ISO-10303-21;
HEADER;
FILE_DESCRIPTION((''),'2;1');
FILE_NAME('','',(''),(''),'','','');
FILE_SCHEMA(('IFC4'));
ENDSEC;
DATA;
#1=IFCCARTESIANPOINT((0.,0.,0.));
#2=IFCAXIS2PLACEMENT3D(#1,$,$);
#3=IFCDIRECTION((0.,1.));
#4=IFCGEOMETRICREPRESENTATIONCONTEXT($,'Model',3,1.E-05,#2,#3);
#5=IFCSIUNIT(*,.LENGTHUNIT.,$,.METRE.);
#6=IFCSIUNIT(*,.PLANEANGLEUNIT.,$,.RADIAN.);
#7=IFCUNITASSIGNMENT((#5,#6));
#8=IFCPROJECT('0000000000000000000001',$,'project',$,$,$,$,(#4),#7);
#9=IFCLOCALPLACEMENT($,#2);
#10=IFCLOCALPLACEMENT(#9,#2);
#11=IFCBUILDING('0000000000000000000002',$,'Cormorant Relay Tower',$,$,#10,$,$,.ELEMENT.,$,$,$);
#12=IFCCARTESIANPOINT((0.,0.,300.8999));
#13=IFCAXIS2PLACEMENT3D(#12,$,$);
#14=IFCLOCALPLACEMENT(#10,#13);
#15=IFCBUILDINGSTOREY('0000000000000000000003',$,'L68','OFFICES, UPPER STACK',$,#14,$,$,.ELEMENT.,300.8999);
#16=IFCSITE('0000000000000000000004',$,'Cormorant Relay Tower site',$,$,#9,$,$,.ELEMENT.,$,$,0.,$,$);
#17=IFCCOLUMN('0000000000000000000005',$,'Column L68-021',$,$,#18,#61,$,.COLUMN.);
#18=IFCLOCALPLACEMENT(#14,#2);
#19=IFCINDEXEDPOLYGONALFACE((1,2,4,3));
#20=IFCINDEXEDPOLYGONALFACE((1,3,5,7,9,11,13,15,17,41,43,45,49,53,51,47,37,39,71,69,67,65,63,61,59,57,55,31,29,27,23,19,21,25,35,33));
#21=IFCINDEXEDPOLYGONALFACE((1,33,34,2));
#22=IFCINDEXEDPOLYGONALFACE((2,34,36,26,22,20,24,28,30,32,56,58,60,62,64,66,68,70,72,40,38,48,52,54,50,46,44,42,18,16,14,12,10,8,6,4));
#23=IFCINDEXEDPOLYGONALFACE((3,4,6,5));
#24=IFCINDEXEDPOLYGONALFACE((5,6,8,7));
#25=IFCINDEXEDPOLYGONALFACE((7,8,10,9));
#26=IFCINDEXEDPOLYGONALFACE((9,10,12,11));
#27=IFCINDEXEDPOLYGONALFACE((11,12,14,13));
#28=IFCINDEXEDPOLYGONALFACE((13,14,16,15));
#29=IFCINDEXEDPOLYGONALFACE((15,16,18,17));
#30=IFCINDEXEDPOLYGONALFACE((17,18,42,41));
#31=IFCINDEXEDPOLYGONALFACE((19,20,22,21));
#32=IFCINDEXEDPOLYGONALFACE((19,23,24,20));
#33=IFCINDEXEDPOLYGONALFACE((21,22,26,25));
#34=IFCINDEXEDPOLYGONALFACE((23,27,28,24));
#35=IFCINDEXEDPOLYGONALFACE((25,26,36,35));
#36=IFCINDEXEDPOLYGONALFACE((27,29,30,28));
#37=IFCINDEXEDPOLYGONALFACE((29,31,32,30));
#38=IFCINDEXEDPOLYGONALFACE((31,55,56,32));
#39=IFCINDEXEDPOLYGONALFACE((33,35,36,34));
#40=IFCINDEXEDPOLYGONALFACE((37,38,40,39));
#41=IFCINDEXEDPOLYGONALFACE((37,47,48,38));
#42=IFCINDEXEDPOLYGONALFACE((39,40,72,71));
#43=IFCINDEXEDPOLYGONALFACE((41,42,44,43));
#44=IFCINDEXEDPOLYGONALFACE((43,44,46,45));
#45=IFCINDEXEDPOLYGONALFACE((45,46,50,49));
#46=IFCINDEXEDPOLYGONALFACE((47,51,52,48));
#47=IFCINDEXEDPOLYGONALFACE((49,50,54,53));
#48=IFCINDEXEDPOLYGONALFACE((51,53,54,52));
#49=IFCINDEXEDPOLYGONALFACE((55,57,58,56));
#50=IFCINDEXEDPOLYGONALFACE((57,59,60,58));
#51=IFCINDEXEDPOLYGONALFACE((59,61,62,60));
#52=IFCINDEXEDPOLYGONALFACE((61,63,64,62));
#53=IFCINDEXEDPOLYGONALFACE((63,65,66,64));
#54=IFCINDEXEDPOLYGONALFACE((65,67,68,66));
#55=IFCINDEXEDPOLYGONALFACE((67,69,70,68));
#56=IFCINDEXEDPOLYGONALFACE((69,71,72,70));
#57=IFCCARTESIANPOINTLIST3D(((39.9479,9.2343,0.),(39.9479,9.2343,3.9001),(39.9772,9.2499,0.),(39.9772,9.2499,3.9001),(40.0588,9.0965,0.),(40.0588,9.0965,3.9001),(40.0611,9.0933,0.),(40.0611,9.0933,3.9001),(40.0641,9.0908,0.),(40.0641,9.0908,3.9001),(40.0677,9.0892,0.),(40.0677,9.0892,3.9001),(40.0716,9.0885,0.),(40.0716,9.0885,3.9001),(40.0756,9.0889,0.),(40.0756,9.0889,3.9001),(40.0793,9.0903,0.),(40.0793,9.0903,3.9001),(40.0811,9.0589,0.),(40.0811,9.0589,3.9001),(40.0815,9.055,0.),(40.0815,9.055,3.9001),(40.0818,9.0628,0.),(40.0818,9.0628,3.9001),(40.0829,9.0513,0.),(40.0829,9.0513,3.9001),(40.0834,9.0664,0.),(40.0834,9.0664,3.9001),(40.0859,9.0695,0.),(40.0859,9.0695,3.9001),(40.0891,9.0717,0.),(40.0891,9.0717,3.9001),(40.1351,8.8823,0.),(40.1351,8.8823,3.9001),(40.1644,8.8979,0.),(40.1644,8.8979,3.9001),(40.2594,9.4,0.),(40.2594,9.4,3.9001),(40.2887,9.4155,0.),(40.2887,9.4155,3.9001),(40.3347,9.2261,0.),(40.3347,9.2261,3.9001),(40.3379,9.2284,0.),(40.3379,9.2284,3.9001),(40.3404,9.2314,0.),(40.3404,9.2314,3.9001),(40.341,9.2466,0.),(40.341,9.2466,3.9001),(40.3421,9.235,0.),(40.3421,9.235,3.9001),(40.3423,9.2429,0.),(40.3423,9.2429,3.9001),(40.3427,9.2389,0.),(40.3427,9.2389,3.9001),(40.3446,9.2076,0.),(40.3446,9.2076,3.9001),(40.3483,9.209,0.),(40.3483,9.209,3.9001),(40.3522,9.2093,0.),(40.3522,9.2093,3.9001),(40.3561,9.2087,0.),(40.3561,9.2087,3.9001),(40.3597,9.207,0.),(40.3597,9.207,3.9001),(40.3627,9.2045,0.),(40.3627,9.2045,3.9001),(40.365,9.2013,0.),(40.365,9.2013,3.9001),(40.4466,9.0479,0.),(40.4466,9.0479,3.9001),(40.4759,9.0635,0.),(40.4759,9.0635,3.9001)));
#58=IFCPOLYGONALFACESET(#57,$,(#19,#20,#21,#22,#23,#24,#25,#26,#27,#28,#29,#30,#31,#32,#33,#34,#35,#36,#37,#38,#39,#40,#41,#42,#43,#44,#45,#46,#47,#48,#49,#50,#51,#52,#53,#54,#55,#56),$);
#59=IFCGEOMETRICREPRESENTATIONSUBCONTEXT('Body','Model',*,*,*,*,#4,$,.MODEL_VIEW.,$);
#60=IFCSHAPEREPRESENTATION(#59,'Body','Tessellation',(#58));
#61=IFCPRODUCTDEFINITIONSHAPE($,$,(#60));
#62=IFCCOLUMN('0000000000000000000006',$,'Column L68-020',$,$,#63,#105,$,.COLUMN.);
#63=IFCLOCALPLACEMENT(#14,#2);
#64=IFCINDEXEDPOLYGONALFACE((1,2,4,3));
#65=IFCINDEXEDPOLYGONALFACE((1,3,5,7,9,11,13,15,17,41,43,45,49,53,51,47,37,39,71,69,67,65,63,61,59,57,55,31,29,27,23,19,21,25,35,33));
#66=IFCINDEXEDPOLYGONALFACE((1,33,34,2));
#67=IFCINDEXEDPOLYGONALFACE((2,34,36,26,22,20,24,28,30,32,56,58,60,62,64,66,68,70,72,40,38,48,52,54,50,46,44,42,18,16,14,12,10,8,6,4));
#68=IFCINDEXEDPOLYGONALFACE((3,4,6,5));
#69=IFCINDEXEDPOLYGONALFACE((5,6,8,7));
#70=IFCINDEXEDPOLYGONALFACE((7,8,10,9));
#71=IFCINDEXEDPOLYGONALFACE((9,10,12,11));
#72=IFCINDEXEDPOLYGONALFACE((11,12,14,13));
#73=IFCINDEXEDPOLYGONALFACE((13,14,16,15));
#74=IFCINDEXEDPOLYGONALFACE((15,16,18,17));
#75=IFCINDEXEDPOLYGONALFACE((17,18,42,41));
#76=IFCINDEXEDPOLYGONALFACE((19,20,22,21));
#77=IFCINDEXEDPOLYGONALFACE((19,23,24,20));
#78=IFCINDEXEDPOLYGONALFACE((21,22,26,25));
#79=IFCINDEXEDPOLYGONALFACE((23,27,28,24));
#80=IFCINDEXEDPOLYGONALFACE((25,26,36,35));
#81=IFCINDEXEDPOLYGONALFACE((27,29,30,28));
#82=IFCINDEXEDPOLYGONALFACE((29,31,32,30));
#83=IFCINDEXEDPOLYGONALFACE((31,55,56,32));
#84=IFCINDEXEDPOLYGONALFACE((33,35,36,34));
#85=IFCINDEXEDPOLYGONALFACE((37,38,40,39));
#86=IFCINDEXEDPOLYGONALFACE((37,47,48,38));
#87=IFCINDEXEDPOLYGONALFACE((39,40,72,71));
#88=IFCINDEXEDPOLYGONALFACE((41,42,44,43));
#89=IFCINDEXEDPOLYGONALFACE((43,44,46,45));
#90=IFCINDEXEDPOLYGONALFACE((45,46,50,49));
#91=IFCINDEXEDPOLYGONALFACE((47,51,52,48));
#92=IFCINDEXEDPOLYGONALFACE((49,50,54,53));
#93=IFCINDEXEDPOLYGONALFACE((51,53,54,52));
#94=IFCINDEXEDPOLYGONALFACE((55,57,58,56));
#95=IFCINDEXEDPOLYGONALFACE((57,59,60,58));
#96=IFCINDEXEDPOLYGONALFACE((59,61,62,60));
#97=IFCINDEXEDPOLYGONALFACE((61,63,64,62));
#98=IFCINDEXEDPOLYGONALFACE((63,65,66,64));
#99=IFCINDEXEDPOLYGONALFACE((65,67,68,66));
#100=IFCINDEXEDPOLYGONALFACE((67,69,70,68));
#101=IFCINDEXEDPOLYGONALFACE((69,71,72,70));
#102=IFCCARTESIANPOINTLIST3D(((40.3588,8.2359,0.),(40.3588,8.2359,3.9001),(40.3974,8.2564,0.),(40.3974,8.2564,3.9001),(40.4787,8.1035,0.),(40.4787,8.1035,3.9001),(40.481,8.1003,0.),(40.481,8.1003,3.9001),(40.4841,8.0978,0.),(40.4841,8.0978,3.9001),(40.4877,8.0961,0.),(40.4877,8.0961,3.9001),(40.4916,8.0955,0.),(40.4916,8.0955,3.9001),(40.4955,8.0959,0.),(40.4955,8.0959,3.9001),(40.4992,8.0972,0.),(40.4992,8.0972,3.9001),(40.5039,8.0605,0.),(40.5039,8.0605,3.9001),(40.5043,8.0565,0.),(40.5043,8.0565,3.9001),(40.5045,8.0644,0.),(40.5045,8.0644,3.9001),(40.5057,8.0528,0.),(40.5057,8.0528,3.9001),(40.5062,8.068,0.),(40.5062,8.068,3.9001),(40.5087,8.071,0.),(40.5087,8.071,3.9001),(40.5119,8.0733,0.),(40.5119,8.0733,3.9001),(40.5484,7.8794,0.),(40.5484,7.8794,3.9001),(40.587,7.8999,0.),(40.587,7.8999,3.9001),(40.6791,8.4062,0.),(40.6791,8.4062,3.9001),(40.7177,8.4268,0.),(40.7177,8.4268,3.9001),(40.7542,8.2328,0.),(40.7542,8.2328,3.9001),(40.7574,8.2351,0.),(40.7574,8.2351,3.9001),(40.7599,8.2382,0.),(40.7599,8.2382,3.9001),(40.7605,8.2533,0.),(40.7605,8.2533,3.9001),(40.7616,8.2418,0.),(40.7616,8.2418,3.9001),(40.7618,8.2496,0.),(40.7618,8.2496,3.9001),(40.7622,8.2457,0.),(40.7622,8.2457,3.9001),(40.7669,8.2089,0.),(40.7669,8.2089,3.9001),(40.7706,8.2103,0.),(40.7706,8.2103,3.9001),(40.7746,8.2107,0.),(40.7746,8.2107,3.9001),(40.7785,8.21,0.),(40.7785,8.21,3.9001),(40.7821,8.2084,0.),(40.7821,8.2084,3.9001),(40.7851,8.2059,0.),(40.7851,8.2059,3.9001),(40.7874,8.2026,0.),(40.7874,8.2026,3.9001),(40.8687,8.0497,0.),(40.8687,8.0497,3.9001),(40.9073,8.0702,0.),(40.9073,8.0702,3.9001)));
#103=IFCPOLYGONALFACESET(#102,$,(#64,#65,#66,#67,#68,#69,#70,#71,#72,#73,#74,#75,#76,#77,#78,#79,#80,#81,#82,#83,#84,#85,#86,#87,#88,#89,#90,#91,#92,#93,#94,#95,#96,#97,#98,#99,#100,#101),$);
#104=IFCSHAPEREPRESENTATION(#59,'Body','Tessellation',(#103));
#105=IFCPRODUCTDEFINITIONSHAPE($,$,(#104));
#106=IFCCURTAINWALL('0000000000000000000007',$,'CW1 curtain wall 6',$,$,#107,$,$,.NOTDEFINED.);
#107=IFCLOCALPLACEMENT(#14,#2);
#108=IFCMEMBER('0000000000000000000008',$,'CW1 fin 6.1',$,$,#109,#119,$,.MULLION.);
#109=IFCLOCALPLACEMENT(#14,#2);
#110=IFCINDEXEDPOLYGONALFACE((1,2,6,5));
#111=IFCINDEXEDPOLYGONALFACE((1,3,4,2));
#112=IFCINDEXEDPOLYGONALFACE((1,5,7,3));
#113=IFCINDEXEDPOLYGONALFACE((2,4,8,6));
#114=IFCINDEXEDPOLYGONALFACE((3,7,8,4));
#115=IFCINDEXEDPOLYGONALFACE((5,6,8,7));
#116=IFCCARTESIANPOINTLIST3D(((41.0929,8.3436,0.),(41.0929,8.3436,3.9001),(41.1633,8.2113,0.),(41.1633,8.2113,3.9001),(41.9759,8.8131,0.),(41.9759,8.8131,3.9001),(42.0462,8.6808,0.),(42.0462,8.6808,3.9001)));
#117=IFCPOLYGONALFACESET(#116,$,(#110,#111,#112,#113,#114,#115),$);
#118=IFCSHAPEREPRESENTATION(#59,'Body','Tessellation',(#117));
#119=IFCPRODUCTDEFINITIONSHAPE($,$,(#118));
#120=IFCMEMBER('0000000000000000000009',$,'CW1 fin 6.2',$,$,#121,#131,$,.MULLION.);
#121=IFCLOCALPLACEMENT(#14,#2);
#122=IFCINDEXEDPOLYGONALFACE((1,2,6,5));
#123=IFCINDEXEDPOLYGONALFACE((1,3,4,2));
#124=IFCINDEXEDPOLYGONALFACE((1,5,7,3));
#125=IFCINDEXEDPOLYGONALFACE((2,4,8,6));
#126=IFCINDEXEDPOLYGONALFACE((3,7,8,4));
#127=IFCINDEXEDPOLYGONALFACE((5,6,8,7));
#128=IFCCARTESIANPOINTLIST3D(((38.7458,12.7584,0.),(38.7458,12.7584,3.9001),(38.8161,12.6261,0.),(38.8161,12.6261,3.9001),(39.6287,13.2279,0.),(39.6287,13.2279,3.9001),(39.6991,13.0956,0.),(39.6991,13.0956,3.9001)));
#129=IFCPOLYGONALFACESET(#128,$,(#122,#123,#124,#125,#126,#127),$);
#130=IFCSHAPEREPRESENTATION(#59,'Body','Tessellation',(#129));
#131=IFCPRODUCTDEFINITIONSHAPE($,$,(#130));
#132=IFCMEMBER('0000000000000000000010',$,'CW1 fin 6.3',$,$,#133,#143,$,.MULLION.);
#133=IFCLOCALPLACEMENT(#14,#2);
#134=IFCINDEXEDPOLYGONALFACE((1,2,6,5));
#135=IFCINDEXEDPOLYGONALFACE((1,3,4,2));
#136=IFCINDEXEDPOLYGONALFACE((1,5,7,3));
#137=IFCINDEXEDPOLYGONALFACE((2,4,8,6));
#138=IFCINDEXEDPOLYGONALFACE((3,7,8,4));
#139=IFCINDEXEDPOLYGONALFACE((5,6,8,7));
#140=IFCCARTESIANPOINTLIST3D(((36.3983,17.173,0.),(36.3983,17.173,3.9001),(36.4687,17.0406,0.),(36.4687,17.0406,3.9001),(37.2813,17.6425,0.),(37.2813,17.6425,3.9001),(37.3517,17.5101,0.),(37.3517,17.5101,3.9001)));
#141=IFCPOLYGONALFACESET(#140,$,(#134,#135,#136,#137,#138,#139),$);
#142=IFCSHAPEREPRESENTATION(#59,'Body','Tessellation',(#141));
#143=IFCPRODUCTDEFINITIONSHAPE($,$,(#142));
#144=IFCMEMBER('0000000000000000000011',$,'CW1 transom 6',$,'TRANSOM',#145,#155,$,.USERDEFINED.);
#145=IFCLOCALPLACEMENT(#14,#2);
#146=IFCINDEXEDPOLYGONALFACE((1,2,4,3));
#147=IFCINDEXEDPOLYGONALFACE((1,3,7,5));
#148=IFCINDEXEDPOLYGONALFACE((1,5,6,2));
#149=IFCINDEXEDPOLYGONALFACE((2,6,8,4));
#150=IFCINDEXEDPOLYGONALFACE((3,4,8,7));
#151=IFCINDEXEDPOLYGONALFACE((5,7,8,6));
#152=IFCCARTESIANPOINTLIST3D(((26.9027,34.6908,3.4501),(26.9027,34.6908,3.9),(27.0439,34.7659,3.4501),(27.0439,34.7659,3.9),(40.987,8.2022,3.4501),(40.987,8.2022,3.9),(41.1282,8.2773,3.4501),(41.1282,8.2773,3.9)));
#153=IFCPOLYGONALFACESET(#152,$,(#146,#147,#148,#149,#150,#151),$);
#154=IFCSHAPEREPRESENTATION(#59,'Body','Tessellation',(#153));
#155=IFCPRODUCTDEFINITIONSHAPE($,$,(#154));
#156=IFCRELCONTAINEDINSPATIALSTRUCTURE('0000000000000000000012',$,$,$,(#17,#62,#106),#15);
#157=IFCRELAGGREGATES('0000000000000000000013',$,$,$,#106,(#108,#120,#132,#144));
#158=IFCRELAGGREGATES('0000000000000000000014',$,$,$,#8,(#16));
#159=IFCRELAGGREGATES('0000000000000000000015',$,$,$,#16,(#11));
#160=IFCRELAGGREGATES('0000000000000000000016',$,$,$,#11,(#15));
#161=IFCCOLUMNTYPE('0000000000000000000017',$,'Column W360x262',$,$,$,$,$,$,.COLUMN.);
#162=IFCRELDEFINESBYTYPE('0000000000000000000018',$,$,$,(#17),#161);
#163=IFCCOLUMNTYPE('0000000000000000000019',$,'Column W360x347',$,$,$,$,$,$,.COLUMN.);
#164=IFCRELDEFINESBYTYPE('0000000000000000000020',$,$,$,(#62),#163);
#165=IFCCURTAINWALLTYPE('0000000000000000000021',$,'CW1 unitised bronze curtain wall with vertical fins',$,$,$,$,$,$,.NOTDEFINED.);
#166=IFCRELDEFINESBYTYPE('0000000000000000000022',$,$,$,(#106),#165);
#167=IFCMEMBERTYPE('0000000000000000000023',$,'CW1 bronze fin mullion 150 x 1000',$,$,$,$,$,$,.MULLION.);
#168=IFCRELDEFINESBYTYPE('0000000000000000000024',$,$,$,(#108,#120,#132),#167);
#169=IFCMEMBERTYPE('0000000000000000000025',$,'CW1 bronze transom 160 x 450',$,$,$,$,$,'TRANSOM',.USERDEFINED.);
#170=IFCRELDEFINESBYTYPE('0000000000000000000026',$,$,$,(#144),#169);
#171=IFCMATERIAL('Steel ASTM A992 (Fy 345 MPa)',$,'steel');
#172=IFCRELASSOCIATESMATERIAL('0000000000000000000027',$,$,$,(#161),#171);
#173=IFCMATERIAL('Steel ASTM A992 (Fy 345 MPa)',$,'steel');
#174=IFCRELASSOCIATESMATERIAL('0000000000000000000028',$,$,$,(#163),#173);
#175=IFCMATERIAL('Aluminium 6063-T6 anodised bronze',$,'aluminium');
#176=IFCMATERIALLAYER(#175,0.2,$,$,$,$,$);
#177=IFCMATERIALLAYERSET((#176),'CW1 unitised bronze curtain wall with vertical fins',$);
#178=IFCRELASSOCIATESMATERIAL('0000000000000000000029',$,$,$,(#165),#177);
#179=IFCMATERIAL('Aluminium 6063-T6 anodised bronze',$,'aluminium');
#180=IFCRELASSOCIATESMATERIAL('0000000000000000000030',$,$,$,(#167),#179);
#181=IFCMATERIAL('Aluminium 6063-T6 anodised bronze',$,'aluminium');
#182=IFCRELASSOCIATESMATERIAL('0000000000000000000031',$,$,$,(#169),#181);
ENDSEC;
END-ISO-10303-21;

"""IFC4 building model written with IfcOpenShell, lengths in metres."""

from ifc_helpers import new_model, si_unit, direction, frame, origin, origin_2d, place, context, subcontext, project, spatial, rectangle, i_section, extrude, material, layer, layer_set, material_profile, profile_set, type_object, element, aggregate, save


model = new_model("IFC4")

# Units and contexts
model_context = context("Model", 3, precision=1e-05, world=origin(), true_north=direction((0.0, 1.0)))
body_context = subcontext(model_context, "Body", "Model", "MODEL_VIEW")
ifc_project = project(units=[si_unit("LENGTHUNIT", "METRE"), si_unit("PLANEANGLEUNIT", "RADIAN")], contexts=[model_context])

# Site, building, storey
site_placement = place(None, origin())
site = spatial("IfcSite", under=ifc_project, at=site_placement, Name="Cormorant Relay Tower site", CompositionType="ELEMENT", RefElevation=0.0)
building_placement = place(site_placement, origin())
building = spatial("IfcBuilding", under=site, at=building_placement, Name="Cormorant Relay Tower", CompositionType="ELEMENT")
storey_placement = place(building_placement, frame((0.0, 0.0, 300.8999)))
storey = spatial("IfcBuildingStorey", under=building, at=storey_placement, Name="L68", Description="OFFICES, UPPER STACK", CompositionType="ELEMENT", Elevation=300.8999)

# Columns
ifc_material_1 = material(Name="Steel ASTM A992 (Fy 345 MPa)", Category="steel")
ifc_material_profile_1 = material_profile(ifc_material_1, i_section(OverallWidth=0.3987, OverallDepth=0.386, WebThickness=0.021, FlangeThickness=0.0332, FilletRadius=0.0151, at=origin_2d()), Name="W360x262")
ifc_profile_set_1 = profile_set([ifc_material_profile_1], Name="Steel ASTM A992 (Fy 345 MPa)")
column_type_1 = type_object("IfcColumnType", Name="Column W360x262", PredefinedType="COLUMN", material=ifc_profile_set_1)
column_1_placement = place(storey_placement, frame((40.2119, 9.1489, 0.0), z_axis=(0.0, 0.0, 1.0), x_axis=(-0.469472, 0.882948, 0.0)))
element("IfcColumn", 1, at=column_1_placement, inside=storey, type_object=column_type_1, Name="Column L68-021", PredefinedType="COLUMN", context=body_context, shape_type="SweptSolid", body=[
    extrude(i_section(OverallWidth=0.3987, OverallDepth=0.386, WebThickness=0.021, FlangeThickness=0.0332, FilletRadius=0.0151, at=origin_2d()), origin(), (0.0, 0.0, 1.0), 3.9001),
])
ifc_material_2 = material(Name="Steel ASTM A992 (Fy 345 MPa)", Category="steel")
ifc_material_profile_2 = material_profile(ifc_material_2, i_section(OverallWidth=0.4038, OverallDepth=0.4065, WebThickness=0.0271, FlangeThickness=0.0437, FilletRadius=0.0151, at=origin_2d()), Name="W360x347")
ifc_profile_set_2 = profile_set([ifc_material_profile_2], Name="Steel ASTM A992 (Fy 345 MPa)")
column_type_2 = type_object("IfcColumnType", Name="Column W360x347", PredefinedType="COLUMN", material=ifc_profile_set_2)
column_2_placement = place(storey_placement, frame((40.6331, 8.1531, 0.0), z_axis=(0.0, 0.0, 1.0), x_axis=(-0.469472, 0.882948, 0.0)))
element("IfcColumn", 2, at=column_2_placement, inside=storey, type_object=column_type_2, Name="Column L68-020", PredefinedType="COLUMN", context=body_context, shape_type="SweptSolid", body=[
    extrude(i_section(OverallWidth=0.4038, OverallDepth=0.4065, WebThickness=0.0271, FlangeThickness=0.0437, FilletRadius=0.0151, at=origin_2d()), origin(), (0.0, 0.0, 1.0), 3.9001),
])

# Curtain wall, members
ifc_material_3 = material(Name="Aluminium 6063-T6 anodised bronze", Category="aluminium")
ifc_layer_1 = layer(ifc_material_3, 0.2)
ifc_layer_set_1 = layer_set([ifc_layer_1], Name="CW1 unitised bronze curtain wall with vertical fins")
curtain_wall_type = type_object("IfcCurtainWallType", Name="CW1 unitised bronze curtain wall with vertical fins", PredefinedType="NOTDEFINED", material=ifc_layer_set_1)
curtain_wall_1_placement = place(storey_placement, origin())
curtain_wall_1 = element("IfcCurtainWall", 3, at=curtain_wall_1_placement, inside=storey, type_object=curtain_wall_type, Name="CW1 curtain wall 6", PredefinedType="NOTDEFINED")
ifc_material_4 = material(Name="Aluminium 6063-T6 anodised bronze", Category="aluminium")
ifc_material_profile_3 = material_profile(ifc_material_4, rectangle(XDim=0.1499, YDim=1.0, at=origin_2d()), Name="AL 150x1000")
ifc_profile_set_3 = profile_set([ifc_material_profile_3], Name="Aluminium 6063-T6 anodised bronze")
member_type_1 = type_object("IfcMemberType", Name="CW1 bronze fin mullion 150 x 1000", PredefinedType="MULLION", material=ifc_profile_set_3)
member_1_placement = place(storey_placement, frame((41.5696, 8.5122, 0.0), z_axis=(0.0, 0.0, 1.0), x_axis=(-0.469472, 0.882948, 0.0)))
member_1 = element("IfcMember", 4, at=member_1_placement, type_object=member_type_1, Name="CW1 fin 6.1", PredefinedType="MULLION", context=body_context, shape_type="SweptSolid", body=[
    extrude(rectangle(XDim=0.1499, YDim=1.0, at=origin_2d()), origin(), (0.0, 0.0, 1.0), 3.9001),
])
member_2_placement = place(storey_placement, frame((39.2224, 12.927, 0.0), z_axis=(0.0, 0.0, 1.0), x_axis=(-0.469472, 0.882948, 0.0)))
member_2 = element("IfcMember", 5, at=member_2_placement, type_object=member_type_1, Name="CW1 fin 6.2", PredefinedType="MULLION", context=body_context, shape_type="SweptSolid", body=[
    extrude(rectangle(XDim=0.1499, YDim=1.0, at=origin_2d()), origin(), (0.0, 0.0, 1.0), 3.9001),
])
member_3_placement = place(storey_placement, frame((36.875, 17.3416, 0.0), z_axis=(0.0, 0.0, 1.0), x_axis=(-0.469472, 0.882948, 0.0)))
member_3 = element("IfcMember", 6, at=member_3_placement, type_object=member_type_1, Name="CW1 fin 6.3", PredefinedType="MULLION", context=body_context, shape_type="SweptSolid", body=[
    extrude(rectangle(XDim=0.1499, YDim=1.0, at=origin_2d()), origin(), (0.0, 0.0, 1.0), 3.9001),
])
ifc_material_5 = material(Name="Aluminium 6063-T6 anodised bronze", Category="aluminium")
ifc_material_profile_4 = material_profile(ifc_material_5, rectangle(XDim=0.1599, YDim=0.45, at=origin_2d()), Name="AL 160x450")
ifc_profile_set_4 = profile_set([ifc_material_profile_4], Name="Aluminium 6063-T6 anodised bronze")
member_type_2 = type_object("IfcMemberType", Name="CW1 bronze transom 160 x 450", ElementType="TRANSOM", PredefinedType="USERDEFINED", material=ifc_profile_set_4)
member_4_placement = place(storey_placement, frame((41.0576, 8.2397, 3.675), z_axis=(-0.469472, 0.882947, 0.0), x_axis=(-0.882947, -0.469472, 0.0)))
member_4 = element("IfcMember", 7, at=member_4_placement, type_object=member_type_2, Name="CW1 transom 6", ObjectType="TRANSOM", PredefinedType="USERDEFINED", context=body_context, shape_type="SweptSolid", body=[
    extrude(rectangle(XDim=0.1599, YDim=0.45, at=origin_2d()), origin(), (0.0, 0.0, 1.0), 30.0002),
])

aggregate(curtain_wall_1, [member_1, member_2, member_3, member_4])

save(model, "model.ifc")
